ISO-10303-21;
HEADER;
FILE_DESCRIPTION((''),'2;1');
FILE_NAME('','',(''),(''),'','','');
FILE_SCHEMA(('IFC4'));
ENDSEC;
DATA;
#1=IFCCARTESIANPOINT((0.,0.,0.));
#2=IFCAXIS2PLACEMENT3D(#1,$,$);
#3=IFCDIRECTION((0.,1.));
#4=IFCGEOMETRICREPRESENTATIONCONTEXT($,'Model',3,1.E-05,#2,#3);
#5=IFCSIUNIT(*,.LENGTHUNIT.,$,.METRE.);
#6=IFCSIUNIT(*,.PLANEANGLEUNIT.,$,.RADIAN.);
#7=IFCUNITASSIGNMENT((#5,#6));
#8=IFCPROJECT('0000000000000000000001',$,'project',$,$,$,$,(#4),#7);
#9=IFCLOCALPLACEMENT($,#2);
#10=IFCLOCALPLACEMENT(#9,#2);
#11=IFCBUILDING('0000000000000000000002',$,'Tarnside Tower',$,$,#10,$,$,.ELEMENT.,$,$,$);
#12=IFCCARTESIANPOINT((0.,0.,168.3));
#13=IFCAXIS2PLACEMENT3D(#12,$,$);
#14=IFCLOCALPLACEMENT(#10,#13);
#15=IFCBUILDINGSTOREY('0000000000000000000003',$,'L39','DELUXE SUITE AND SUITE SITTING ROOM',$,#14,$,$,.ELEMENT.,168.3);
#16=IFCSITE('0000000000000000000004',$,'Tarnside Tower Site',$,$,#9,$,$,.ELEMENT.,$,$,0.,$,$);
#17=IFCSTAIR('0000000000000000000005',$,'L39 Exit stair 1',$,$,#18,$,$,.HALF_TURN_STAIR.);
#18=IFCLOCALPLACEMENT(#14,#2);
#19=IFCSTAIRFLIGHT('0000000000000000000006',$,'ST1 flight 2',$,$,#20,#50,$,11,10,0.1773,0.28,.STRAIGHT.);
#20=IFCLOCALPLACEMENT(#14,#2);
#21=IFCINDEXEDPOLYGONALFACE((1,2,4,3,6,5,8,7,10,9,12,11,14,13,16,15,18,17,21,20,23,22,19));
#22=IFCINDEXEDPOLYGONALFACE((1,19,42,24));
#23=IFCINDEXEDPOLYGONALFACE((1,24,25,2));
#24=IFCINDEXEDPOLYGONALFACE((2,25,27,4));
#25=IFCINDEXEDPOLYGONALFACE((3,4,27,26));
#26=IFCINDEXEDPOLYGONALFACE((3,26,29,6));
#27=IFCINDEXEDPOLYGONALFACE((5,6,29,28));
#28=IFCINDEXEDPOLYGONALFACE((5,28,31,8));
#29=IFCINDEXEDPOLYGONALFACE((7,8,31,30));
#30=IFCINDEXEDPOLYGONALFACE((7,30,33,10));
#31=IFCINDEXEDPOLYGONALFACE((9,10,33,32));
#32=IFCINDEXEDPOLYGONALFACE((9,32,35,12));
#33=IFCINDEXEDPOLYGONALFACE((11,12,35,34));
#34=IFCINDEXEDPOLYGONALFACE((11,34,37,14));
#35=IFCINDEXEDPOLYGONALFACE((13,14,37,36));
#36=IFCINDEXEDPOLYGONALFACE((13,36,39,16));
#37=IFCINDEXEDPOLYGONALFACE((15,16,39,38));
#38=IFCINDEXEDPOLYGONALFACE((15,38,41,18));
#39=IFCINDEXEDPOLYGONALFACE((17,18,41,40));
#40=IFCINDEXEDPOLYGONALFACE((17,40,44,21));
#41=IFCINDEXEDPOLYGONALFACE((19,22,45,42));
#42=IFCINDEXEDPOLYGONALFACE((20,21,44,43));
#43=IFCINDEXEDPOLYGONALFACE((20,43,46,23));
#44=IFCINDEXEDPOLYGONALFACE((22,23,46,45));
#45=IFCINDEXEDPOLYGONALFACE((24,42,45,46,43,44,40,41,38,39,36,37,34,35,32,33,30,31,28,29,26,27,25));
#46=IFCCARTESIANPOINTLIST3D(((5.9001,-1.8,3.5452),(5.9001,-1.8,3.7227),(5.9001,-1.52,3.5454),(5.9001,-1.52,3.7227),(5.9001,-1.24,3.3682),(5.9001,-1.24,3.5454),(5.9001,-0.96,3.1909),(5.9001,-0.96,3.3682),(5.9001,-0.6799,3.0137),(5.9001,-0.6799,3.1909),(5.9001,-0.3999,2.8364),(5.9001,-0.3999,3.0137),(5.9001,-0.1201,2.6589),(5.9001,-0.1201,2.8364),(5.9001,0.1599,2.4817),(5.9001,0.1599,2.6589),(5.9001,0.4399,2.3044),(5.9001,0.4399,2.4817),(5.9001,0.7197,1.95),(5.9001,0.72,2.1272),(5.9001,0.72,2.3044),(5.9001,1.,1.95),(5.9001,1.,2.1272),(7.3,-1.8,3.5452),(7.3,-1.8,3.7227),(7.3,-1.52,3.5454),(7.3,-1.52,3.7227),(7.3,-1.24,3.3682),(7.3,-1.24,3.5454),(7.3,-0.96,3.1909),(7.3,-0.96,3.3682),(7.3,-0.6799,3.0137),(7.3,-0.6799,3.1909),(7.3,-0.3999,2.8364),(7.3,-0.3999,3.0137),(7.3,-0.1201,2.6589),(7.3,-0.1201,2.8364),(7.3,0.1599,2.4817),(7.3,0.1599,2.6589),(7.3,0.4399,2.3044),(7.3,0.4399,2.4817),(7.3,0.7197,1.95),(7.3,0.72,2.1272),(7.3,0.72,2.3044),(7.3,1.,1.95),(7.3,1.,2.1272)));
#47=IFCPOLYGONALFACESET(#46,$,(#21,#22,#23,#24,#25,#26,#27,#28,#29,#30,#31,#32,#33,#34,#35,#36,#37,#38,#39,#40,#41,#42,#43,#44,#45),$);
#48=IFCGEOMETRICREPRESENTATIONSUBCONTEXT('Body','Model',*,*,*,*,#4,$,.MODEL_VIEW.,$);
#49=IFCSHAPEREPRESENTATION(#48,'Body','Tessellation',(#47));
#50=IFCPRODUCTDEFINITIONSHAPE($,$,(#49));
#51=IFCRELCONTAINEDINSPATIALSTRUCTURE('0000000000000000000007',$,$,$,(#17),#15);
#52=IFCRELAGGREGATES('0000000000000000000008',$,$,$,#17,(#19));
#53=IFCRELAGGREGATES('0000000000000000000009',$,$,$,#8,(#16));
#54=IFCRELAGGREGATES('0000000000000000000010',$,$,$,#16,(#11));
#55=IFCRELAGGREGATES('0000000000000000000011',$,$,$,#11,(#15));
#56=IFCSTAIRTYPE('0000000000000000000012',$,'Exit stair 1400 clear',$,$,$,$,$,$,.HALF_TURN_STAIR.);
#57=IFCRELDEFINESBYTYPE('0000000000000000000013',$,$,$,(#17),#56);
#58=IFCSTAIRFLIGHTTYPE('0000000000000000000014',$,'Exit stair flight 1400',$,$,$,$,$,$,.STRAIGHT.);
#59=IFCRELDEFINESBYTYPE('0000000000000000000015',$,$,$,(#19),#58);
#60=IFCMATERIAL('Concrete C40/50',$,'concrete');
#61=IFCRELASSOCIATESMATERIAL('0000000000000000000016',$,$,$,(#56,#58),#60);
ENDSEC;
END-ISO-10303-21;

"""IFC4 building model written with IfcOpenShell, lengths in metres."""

from ifc_helpers import new_model, si_unit, direction, frame, origin, place, context, subcontext, project, spatial, polyline, outline, extrude, material, type_object, element, aggregate, save


model = new_model("IFC4")

# Units and contexts
model_context = context("Model", 3, precision=1e-05, world=origin(), true_north=direction((0.0, 1.0)))
body_context = subcontext(model_context, "Body", "Model", "MODEL_VIEW")
ifc_project = project(units=[si_unit("LENGTHUNIT", "METRE"), si_unit("PLANEANGLEUNIT", "RADIAN")], contexts=[model_context])

# Site, building, storey
site_placement = place(None, origin())
site = spatial("IfcSite", under=ifc_project, at=site_placement, Name="Tarnside Tower Site", CompositionType="ELEMENT", RefElevation=0.0)
building_placement = place(site_placement, origin())
building = spatial("IfcBuilding", under=site, at=building_placement, Name="Tarnside Tower", CompositionType="ELEMENT")
storey_placement = place(building_placement, frame((0.0, 0.0, 168.3)))
storey = spatial("IfcBuildingStorey", under=building, at=storey_placement, Name="L39", Description="DELUXE SUITE AND SUITE SITTING ROOM", CompositionType="ELEMENT", Elevation=168.3)

# Shared definitions
ifc_material_1 = material(Name="Concrete C40/50", Category="concrete")

# Stair, stair flight
stair_type = type_object("IfcStairType", Name="Exit stair 1400 clear", PredefinedType="HALF_TURN_STAIR", material=ifc_material_1)
stair_placement = place(storey_placement, origin())
stair = element("IfcStair", 1, at=stair_placement, inside=storey, type_object=stair_type, Name="L39 Exit stair 1", PredefinedType="HALF_TURN_STAIR")
stair_flight_type = type_object("IfcStairFlightType", Name="Exit stair flight 1400", PredefinedType="STRAIGHT", material=ifc_material_1)
stair_flight_placement = place(storey_placement, frame((6.6001, 1.0, 1.95), z_axis=(0.0, 0.0, 1.0), x_axis=(0.0, -1.0, 0.0)))
stair_flight = element("IfcStairFlight", 2, at=stair_flight_placement, type_object=stair_flight_type, Name="ST1 flight 2", NumberOfRisers=11, NumberOfTreads=10, PredefinedType="STRAIGHT", RiserHeight=0.1773, TreadLength=0.28, context=body_context, shape_type="SweptSolid", body=[
    extrude(outline(polyline([(0.0, 0.0), (0.0, 0.1772), (0.28, 0.1772), (0.28, 0.3545), (0.5601, 0.3545), (0.5601, 0.5317), (0.8401, 0.5317), (0.8401, 0.709), (1.1201, 0.709), (1.1201, 0.8865), (1.3999, 0.8865), (1.3999, 1.0637), (1.6799, 1.0637), (1.6799, 1.241), (1.96, 1.241), (1.96, 1.4182), (2.24, 1.4182), (2.24, 1.5955), (2.52, 1.5955), (2.52, 1.7727), (2.8, 1.7727), (2.8, 1.95), (2.8, 1.5952), (0.2803, 0.0), (0.0, 0.0)])), frame((0.0, 0.7, 0.0), z_axis=(0.0, -1.0, 0.0), x_axis=(1.0, 0.0, 0.0)), (0.0, 0.0, 1.0), 1.3999),
])
aggregate(stair, [stair_flight])

save(model, "model.ifc")
